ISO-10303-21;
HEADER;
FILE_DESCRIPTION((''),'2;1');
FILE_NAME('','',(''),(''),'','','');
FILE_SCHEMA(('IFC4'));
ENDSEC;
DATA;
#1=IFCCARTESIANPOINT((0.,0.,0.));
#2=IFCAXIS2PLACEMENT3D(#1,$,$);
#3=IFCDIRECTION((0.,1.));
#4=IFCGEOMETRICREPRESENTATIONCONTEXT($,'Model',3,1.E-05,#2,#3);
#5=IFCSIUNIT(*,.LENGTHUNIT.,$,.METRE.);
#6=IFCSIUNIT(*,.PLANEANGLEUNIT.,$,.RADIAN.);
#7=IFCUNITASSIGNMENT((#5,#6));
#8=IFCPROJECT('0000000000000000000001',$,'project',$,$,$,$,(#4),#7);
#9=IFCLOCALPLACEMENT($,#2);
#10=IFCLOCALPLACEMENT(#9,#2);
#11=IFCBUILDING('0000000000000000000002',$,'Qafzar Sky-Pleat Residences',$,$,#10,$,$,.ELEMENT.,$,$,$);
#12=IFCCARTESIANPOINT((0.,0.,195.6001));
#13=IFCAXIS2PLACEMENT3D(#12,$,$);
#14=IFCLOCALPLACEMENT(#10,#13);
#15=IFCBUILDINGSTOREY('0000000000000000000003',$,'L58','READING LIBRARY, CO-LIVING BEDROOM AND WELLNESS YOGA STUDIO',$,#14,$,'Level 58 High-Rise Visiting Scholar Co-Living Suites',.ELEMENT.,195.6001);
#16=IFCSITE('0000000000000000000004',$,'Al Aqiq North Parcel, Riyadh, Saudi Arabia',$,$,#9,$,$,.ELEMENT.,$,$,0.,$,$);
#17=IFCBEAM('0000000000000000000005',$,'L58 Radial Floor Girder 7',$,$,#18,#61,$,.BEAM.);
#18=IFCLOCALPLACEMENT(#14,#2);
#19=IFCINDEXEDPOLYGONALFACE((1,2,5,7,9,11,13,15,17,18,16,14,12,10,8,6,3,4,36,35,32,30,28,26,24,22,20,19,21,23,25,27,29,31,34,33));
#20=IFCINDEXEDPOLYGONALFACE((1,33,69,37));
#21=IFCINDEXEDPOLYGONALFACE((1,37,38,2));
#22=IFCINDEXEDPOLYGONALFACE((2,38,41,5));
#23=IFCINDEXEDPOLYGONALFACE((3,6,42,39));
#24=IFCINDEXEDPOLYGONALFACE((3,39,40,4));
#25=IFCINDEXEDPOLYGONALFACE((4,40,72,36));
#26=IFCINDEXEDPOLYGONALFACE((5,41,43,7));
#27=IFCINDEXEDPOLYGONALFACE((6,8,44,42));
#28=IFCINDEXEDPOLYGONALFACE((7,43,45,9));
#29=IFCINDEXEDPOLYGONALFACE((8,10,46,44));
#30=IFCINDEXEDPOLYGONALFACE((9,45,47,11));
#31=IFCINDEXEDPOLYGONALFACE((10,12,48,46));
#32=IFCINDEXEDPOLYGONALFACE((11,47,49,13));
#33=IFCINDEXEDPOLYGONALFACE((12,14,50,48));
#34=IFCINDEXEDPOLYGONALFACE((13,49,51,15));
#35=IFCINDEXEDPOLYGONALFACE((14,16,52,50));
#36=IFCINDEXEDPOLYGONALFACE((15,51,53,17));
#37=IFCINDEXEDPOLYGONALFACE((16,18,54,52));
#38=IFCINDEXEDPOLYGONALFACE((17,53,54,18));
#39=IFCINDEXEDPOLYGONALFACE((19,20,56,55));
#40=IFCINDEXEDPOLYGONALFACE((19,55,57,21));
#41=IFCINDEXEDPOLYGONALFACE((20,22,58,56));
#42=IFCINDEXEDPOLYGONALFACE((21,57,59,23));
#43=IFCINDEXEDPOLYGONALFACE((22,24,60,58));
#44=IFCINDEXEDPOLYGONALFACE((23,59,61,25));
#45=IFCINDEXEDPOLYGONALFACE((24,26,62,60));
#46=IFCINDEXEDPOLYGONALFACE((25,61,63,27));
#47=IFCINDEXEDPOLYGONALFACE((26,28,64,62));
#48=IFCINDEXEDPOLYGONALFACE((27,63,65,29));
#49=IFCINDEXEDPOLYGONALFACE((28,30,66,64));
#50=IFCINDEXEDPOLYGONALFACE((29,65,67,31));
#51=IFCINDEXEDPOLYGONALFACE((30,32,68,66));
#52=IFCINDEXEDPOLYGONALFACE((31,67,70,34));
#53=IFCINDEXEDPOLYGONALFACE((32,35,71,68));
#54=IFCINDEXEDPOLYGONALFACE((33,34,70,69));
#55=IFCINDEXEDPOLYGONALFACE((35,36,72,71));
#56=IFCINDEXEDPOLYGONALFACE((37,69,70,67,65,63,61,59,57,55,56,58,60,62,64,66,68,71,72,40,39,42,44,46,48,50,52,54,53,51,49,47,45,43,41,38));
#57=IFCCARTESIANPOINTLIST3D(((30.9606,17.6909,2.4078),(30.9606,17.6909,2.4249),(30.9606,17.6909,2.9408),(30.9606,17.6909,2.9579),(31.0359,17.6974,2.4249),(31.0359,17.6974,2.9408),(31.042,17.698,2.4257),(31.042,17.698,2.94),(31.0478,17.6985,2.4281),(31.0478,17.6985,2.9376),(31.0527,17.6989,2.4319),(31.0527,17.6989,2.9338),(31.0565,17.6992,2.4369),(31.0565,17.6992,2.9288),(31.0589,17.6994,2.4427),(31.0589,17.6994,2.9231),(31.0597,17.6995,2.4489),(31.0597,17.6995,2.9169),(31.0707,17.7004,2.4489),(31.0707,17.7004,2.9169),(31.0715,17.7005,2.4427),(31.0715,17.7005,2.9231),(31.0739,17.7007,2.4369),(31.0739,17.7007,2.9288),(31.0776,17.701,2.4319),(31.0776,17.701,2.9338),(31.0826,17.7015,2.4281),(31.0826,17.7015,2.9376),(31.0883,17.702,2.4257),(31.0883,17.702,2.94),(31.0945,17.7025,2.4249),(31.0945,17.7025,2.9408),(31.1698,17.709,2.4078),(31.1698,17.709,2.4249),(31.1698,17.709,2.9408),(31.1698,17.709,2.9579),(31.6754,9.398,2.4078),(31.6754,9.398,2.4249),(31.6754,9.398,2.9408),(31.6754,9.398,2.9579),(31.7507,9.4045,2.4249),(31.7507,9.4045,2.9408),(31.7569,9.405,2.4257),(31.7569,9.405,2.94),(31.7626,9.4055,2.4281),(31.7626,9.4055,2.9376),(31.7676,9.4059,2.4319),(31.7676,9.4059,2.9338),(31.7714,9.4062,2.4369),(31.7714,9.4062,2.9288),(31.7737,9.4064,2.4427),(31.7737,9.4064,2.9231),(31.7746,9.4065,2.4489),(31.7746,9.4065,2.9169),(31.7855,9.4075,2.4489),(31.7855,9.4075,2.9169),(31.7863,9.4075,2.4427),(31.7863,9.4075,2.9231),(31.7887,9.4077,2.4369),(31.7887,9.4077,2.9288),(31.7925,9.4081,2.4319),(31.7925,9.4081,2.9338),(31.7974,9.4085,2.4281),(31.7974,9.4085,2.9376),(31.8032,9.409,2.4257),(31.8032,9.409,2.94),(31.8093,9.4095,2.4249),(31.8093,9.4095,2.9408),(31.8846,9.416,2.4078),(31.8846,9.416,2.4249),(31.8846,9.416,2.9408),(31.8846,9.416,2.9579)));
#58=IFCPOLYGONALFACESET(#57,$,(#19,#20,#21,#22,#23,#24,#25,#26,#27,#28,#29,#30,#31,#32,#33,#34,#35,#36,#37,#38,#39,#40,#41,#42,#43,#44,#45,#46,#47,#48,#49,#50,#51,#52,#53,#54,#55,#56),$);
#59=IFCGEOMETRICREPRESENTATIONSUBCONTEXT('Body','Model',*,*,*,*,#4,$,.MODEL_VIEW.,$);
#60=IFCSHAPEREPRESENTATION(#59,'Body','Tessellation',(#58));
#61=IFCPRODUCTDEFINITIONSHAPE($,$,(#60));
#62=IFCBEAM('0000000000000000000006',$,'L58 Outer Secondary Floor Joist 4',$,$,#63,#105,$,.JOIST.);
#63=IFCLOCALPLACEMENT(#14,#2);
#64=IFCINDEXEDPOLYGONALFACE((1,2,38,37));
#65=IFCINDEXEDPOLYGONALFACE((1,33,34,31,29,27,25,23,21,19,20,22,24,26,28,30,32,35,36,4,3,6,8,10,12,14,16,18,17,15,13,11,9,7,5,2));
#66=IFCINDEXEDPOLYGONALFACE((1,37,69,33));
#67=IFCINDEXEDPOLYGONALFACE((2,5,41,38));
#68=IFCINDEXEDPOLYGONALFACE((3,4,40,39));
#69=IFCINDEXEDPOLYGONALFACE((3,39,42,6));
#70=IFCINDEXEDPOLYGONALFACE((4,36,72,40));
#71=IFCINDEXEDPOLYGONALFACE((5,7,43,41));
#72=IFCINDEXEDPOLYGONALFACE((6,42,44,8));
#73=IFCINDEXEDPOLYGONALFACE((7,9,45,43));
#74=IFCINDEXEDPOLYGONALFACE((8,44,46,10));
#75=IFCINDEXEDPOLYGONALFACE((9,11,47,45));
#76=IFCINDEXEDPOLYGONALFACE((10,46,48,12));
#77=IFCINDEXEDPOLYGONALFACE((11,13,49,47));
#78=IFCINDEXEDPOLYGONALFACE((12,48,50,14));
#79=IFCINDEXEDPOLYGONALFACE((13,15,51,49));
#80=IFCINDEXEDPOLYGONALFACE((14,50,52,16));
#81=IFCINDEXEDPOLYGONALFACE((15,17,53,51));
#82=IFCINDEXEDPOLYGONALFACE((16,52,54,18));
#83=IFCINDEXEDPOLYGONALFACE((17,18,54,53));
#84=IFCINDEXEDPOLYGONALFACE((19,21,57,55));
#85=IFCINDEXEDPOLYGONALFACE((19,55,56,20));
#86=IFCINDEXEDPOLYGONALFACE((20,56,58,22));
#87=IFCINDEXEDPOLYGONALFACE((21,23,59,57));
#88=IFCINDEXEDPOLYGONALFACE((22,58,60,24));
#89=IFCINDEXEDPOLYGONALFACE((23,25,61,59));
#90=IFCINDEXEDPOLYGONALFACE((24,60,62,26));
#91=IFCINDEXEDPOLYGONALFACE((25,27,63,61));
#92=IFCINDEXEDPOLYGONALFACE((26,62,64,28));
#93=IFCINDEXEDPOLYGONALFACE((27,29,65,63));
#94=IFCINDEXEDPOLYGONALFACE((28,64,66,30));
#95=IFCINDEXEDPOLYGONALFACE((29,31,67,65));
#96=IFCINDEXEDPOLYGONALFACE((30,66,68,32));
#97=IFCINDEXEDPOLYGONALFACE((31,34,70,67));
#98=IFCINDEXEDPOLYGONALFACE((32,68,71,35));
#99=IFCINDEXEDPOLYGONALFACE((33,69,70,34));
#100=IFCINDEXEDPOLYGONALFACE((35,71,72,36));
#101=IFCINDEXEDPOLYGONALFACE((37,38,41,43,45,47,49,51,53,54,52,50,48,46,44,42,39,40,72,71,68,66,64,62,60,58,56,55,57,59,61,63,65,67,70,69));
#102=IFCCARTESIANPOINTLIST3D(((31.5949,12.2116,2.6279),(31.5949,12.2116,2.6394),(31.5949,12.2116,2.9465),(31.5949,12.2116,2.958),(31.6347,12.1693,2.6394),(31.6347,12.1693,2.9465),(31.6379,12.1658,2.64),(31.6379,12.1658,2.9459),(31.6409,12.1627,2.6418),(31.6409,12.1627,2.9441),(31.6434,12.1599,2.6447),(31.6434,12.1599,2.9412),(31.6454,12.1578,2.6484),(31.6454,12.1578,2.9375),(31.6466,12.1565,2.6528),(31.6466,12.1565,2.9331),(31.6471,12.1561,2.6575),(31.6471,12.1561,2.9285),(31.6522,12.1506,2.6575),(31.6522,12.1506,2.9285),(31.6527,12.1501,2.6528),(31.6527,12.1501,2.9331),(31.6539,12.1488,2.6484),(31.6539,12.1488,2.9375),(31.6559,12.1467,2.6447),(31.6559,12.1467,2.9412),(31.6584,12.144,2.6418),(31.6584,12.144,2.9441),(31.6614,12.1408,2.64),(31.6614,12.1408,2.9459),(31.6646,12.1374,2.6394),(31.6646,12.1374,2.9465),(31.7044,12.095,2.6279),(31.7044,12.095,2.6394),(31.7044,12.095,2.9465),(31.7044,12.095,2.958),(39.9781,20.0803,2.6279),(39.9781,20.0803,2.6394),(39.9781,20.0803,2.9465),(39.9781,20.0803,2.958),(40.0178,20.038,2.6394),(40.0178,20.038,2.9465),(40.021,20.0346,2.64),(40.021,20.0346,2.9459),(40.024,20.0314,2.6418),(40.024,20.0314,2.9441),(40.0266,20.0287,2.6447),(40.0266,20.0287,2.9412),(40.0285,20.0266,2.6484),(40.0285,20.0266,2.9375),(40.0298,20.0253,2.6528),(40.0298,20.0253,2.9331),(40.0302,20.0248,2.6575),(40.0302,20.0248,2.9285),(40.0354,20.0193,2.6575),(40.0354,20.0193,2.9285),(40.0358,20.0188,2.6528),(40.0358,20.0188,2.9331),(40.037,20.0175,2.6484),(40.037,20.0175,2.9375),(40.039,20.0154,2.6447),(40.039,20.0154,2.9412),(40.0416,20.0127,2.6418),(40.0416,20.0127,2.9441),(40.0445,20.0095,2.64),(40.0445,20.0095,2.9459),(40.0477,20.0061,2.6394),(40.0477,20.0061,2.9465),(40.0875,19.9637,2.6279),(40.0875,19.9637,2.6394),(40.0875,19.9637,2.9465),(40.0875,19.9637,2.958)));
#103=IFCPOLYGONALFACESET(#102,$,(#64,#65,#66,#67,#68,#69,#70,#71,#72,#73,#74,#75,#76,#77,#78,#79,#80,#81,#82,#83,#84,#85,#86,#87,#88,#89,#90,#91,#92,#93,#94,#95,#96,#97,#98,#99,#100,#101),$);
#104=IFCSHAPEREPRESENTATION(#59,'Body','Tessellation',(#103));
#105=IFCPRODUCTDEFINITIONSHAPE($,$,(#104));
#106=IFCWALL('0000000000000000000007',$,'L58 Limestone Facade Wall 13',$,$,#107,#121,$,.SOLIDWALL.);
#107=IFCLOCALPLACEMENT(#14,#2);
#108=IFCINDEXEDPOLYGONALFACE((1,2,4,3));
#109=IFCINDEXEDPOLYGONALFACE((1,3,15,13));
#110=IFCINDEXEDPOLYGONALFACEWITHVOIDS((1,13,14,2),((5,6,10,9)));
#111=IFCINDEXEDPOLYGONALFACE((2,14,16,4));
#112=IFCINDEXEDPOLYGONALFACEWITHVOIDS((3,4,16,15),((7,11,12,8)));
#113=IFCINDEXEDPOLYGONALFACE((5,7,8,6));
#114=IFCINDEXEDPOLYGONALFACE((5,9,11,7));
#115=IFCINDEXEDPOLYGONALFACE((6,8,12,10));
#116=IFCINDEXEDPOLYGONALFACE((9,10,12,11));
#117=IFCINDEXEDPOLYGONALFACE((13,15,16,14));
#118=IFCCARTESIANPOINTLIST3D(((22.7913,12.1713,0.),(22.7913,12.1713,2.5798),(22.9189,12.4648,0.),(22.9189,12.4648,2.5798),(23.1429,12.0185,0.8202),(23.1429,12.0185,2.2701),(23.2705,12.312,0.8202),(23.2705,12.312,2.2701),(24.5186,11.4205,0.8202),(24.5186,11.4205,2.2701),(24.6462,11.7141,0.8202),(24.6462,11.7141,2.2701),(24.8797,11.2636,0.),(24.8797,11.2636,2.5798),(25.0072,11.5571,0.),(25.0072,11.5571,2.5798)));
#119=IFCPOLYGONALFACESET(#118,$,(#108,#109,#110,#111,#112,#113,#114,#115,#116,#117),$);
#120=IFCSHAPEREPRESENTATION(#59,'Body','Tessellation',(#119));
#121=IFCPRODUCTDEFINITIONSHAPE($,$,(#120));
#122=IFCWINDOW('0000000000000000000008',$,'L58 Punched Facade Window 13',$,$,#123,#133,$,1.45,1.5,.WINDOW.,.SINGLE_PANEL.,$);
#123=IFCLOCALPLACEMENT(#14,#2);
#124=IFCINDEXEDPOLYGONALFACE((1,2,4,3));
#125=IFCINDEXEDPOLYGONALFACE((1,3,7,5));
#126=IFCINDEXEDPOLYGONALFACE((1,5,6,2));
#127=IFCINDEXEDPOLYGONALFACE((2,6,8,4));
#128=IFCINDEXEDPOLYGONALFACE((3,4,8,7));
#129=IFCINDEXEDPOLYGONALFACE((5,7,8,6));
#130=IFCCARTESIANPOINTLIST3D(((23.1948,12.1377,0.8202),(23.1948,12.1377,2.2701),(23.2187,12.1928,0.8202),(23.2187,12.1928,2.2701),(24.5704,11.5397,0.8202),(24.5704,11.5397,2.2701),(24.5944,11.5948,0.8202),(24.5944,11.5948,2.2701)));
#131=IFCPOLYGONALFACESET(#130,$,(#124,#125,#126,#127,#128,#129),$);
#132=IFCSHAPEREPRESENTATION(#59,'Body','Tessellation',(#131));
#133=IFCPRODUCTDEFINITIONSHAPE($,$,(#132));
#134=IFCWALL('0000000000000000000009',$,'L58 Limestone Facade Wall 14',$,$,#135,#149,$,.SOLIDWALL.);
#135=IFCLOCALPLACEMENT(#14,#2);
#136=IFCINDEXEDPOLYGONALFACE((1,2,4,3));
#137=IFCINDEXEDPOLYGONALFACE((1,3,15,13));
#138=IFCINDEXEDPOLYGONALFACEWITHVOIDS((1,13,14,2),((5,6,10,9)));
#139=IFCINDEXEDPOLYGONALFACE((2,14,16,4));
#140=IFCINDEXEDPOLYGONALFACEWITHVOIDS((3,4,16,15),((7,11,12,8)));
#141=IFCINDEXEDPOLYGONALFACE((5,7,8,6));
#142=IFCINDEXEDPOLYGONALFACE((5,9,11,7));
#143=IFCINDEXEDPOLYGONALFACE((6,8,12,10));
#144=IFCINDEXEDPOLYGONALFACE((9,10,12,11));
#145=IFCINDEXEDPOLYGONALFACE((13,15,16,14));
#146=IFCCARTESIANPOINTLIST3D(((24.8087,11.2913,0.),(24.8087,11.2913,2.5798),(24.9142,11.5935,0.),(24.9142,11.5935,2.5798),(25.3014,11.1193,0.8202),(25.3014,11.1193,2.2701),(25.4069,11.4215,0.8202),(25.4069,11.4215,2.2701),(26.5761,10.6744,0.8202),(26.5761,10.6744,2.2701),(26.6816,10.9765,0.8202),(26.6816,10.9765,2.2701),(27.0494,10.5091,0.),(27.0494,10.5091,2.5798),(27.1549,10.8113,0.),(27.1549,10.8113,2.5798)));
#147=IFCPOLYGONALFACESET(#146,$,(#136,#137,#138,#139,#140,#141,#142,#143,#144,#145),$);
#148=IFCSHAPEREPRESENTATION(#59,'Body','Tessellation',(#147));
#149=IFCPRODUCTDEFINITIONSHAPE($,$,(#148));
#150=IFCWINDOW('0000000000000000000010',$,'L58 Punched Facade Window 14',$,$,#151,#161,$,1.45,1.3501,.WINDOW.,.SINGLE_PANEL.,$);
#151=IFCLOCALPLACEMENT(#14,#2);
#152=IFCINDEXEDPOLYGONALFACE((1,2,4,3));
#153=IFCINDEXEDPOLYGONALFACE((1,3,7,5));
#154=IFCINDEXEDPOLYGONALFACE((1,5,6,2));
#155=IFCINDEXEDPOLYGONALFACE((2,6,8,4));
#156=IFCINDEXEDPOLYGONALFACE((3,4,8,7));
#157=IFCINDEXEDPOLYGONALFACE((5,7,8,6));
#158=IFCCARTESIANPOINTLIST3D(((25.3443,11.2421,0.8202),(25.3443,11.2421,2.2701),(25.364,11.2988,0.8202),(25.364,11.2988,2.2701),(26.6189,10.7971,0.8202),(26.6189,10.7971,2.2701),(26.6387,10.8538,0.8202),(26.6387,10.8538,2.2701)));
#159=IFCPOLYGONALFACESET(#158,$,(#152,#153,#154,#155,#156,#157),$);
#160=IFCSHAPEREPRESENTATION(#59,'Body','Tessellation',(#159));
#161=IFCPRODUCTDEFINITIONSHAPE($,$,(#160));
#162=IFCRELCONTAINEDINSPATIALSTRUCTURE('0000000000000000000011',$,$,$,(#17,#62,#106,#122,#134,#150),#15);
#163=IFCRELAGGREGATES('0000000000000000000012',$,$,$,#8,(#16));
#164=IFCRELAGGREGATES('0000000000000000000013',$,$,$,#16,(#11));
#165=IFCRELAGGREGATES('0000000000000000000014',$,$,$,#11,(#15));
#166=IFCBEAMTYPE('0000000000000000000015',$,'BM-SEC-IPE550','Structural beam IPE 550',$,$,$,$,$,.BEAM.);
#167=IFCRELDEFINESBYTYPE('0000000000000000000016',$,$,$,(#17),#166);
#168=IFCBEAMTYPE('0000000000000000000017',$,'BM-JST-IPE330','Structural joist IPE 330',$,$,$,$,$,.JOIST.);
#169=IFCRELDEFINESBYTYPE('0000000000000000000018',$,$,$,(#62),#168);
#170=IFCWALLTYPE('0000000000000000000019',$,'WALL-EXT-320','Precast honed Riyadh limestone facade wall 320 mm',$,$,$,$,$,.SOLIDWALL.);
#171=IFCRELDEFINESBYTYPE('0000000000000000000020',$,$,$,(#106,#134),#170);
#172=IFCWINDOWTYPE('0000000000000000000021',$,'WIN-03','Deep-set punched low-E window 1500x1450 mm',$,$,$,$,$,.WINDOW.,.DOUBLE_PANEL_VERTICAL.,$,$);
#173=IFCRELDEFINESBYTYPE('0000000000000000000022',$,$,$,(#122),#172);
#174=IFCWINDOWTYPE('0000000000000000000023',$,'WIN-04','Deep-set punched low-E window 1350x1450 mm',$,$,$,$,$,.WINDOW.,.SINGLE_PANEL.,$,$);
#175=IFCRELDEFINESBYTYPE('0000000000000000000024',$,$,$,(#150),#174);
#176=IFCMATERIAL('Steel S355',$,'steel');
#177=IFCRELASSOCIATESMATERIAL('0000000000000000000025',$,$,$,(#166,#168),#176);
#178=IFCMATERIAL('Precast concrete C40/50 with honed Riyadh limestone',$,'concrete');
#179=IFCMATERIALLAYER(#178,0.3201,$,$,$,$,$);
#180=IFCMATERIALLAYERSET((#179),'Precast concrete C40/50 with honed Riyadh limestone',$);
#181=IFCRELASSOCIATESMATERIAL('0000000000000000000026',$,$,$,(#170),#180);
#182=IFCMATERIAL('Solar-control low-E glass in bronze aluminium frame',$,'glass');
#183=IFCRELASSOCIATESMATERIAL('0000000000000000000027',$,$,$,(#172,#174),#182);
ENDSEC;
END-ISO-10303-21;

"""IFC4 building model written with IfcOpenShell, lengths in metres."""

from ifc_helpers import new_model, si_unit, direction, frame, frame_2d, origin, origin_2d, place, context, subcontext, project, spatial, rectangle, i_section, extrude, source, transform, mapped, material, layer, layer_set, material_profile, profile_set, type_object, element, fill, save


model = new_model("IFC4")

# Units and contexts
model_context = context("Model", 3, precision=1e-05, world=origin(), true_north=direction((0.0, 1.0)))
body_context = subcontext(model_context, "Body", "Model", "MODEL_VIEW")
ifc_project = project(units=[si_unit("LENGTHUNIT", "METRE"), si_unit("PLANEANGLEUNIT", "RADIAN")], contexts=[model_context])

# Site, building, storey
site_placement = place(None, origin())
site = spatial("IfcSite", under=ifc_project, at=site_placement, Name="Al Aqiq North Parcel, Riyadh, Saudi Arabia", CompositionType="ELEMENT", RefElevation=0.0)
building_placement = place(site_placement, origin())
building = spatial("IfcBuilding", under=site, at=building_placement, Name="Qafzar Sky-Pleat Residences", CompositionType="ELEMENT")
storey_placement = place(building_placement, frame((0.0, 0.0, 195.6001)))
storey = spatial("IfcBuildingStorey", under=building, at=storey_placement, Name="L58", Description="READING LIBRARY, CO-LIVING BEDROOM AND WELLNESS YOGA STUDIO", LongName="Level 58 High-Rise Visiting Scholar Co-Living Suites", CompositionType="ELEMENT", Elevation=195.6001)

# Shared definitions
ifc_material_1 = material(Name="Steel S355", Category="steel")

# Beams
ifc_material_profile_1 = material_profile(ifc_material_1, i_section(OverallWidth=0.21, OverallDepth=0.55, WebThickness=0.011, FlangeThickness=0.0171, FilletRadius=0.0239, at=origin_2d()), Name="IPE 550")
ifc_profile_set_1 = profile_set([ifc_material_profile_1], Name="Steel S355")
beam_type_1 = type_object("IfcBeamType", Name="BM-SEC-IPE550", Description="Structural beam IPE 550", PredefinedType="BEAM", material=ifc_profile_set_1)
shared_shape_1 = source(origin(), body_context, "Body", "SweptSolid", [
    extrude(i_section(OverallWidth=0.21, OverallDepth=0.55, WebThickness=0.011, FlangeThickness=0.0171, FilletRadius=0.0239, at=origin_2d()), origin(), (0.0, 0.0, 1.0), 8.3237),
])
beam_1_placement = place(storey_placement, frame((31.78, 9.407, 2.6829), z_axis=(-0.08588, 0.996305, 0.0), x_axis=(-0.996305, -0.08588, 0.0)))
element("IfcBeam", 1, at=beam_1_placement, inside=storey, type_object=beam_type_1, Name="L58 Radial Floor Girder 7", PredefinedType="BEAM", context=body_context, shape_type="MappedRepresentation", body=[
    mapped(shared_shape_1, transform((0.0, 0.0, 0.0), x_axis=(1.0, 0.0, 0.0), y_axis=(0.0, 1.0, 0.0), z_axis=(0.0, 0.0, 1.0), scale=1.0)),
])
ifc_material_profile_2 = material_profile(ifc_material_1, i_section(OverallWidth=0.1599, OverallDepth=0.3301, WebThickness=0.0076, FlangeThickness=0.0115, FilletRadius=0.0181, at=origin_2d()), Name="IPE 330")
ifc_profile_set_2 = profile_set([ifc_material_profile_2], Name="Steel S355")
beam_type_2 = type_object("IfcBeamType", Name="BM-JST-IPE330", Description="Structural joist IPE 330", PredefinedType="JOIST", material=ifc_profile_set_2)
shared_shape_2 = source(origin(), body_context, "Body", "SweptSolid", [
    extrude(i_section(OverallWidth=0.1599, OverallDepth=0.3301, WebThickness=0.0076, FlangeThickness=0.0115, FilletRadius=0.0181, at=origin_2d()), origin(), (0.0, 0.0, 1.0), 11.4976),
])
beam_2_placement = place(storey_placement, frame((31.6497, 12.1533, 2.793), z_axis=(0.729123, 0.684382, 0.0), x_axis=(-0.684382, 0.729123, 0.0)))
element("IfcBeam", 2, at=beam_2_placement, inside=storey, type_object=beam_type_2, Name="L58 Outer Secondary Floor Joist 4", PredefinedType="JOIST", context=body_context, shape_type="MappedRepresentation", body=[
    mapped(shared_shape_2, transform((0.0, 0.0, 0.0), x_axis=(1.0, 0.0, 0.0), y_axis=(0.0, 1.0, 0.0), z_axis=(0.0, 0.0, 1.0), scale=1.0)),
])

# Walls, openings, windows
ifc_material_2 = material(Name="Precast concrete C40/50 with honed Riyadh limestone", Category="concrete")
ifc_layer_1 = layer(ifc_material_2, 0.3201)
ifc_layer_set_1 = layer_set([ifc_layer_1], Name="Precast concrete C40/50 with honed Riyadh limestone")
wall_type = type_object("IfcWallType", Name="WALL-EXT-320", Description="Precast honed Riyadh limestone facade wall 320 mm", PredefinedType="SOLIDWALL", material=ifc_layer_set_1)
wall_1_placement = place(storey_placement, frame((22.855, 12.3181, 0.0), z_axis=(0.0, 0.0, 1.0), x_axis=(0.917114, -0.398624, 0.0)))
wall_1 = element("IfcWall", 3, at=wall_1_placement, inside=storey, type_object=wall_type, Name="L58 Limestone Facade Wall 13", PredefinedType="SOLIDWALL", context=body_context, shape_type="SweptSolid", body=[
    extrude(rectangle(XDim=2.2771, YDim=0.3201, at=frame_2d((1.1387, 0.0))), origin(), (0.0, 0.0, 1.0), 2.5798),
])
opening_1_placement = place(wall_1_placement, frame((0.3835, 0.0, 0.8201)))
opening_1 = element("IfcOpeningElement", 4, at=opening_1_placement, cuts=wall_1, PredefinedType="OPENING", context=body_context, shape_type="SweptSolid", body=[
    extrude(rectangle(XDim=1.5, YDim=1.45, at=frame_2d((0.75, 0.7251))), frame((0.0, 0.1699, 0.0), z_axis=(0.0, -1.0, 0.0), x_axis=(1.0, 0.0, 0.0)), (0.0, 0.0, 1.0), 0.3401),
])
ifc_material_3 = material(Name="Solar-control low-E glass in bronze aluminium frame", Category="glass")
window_type_1 = type_object("IfcWindowType", Name="WIN-03", Description="Deep-set punched low-E window 1500x1450 mm", PartitioningType="DOUBLE_PANEL_VERTICAL", PredefinedType="WINDOW", material=ifc_material_3)
shared_shape_3 = source(origin(), body_context, "Body", "SweptSolid", [
    extrude(rectangle(XDim=1.5, YDim=1.45, at=frame_2d((0.75, 0.7251))), frame((0.0, 0.03, 0.0), z_axis=(0.0, -1.0, 0.0), x_axis=(1.0, 0.0, 0.0)), (0.0, 0.0, 1.0), 0.0601),
])
window_1_placement = place(opening_1_placement, origin())
window_1 = element("IfcWindow", 5, at=window_1_placement, inside=storey, type_object=window_type_1, Name="L58 Punched Facade Window 13", OverallHeight=1.45, OverallWidth=1.5, PartitioningType="SINGLE_PANEL", PredefinedType="WINDOW", context=body_context, shape_type="MappedRepresentation", body=[
    mapped(shared_shape_3, transform((0.0, 0.0, 0.0), x_axis=(1.0, 0.0, 0.0), y_axis=(0.0, 1.0, 0.0), z_axis=(0.0, 0.0, 1.0), scale=1.0)),
])
fill(opening_1, window_1)
wall_2_placement = place(storey_placement, frame((24.8616, 11.4424, 0.0), z_axis=(0.0, 0.0, 1.0), x_axis=(0.944124, -0.32959, 0.0)))
wall_2 = element("IfcWall", 6, at=wall_2_placement, inside=storey, type_object=wall_type, Name="L58 Limestone Facade Wall 14", PredefinedType="SOLIDWALL", context=body_context, shape_type="SweptSolid", body=[
    extrude(rectangle(XDim=2.3733, YDim=0.3201, at=frame_2d((1.1865, 0.0))), origin(), (0.0, 0.0, 1.0), 2.5798),
])
opening_2_placement = place(wall_2_placement, frame((0.5217, 0.0, 0.8201)))
opening_2 = element("IfcOpeningElement", 7, at=opening_2_placement, cuts=wall_2, PredefinedType="OPENING", context=body_context, shape_type="SweptSolid", body=[
    extrude(rectangle(XDim=1.3501, YDim=1.45, at=frame_2d((0.675, 0.7251))), frame((0.0, 0.1699, 0.0), z_axis=(0.0, -1.0, 0.0), x_axis=(1.0, 0.0, 0.0)), (0.0, 0.0, 1.0), 0.3401),
])
window_type_2 = type_object("IfcWindowType", Name="WIN-04", Description="Deep-set punched low-E window 1350x1450 mm", PartitioningType="SINGLE_PANEL", PredefinedType="WINDOW", material=ifc_material_3)
shared_shape_4 = source(origin(), body_context, "Body", "SweptSolid", [
    extrude(rectangle(XDim=1.3501, YDim=1.45, at=frame_2d((0.675, 0.7251))), frame((0.0, 0.03, 0.0), z_axis=(0.0, -1.0, 0.0), x_axis=(1.0, 0.0, 0.0)), (0.0, 0.0, 1.0), 0.0601),
])
window_2_placement = place(opening_2_placement, origin())
window_2 = element("IfcWindow", 8, at=window_2_placement, inside=storey, type_object=window_type_2, Name="L58 Punched Facade Window 14", OverallHeight=1.45, OverallWidth=1.3501, PartitioningType="SINGLE_PANEL", PredefinedType="WINDOW", context=body_context, shape_type="MappedRepresentation", body=[
    mapped(shared_shape_4, transform((0.0, 0.0, 0.0), x_axis=(1.0, 0.0, 0.0), y_axis=(0.0, 1.0, 0.0), z_axis=(0.0, 0.0, 1.0), scale=1.0)),
])
fill(opening_2, window_2)

save(model, "model.ifc")
